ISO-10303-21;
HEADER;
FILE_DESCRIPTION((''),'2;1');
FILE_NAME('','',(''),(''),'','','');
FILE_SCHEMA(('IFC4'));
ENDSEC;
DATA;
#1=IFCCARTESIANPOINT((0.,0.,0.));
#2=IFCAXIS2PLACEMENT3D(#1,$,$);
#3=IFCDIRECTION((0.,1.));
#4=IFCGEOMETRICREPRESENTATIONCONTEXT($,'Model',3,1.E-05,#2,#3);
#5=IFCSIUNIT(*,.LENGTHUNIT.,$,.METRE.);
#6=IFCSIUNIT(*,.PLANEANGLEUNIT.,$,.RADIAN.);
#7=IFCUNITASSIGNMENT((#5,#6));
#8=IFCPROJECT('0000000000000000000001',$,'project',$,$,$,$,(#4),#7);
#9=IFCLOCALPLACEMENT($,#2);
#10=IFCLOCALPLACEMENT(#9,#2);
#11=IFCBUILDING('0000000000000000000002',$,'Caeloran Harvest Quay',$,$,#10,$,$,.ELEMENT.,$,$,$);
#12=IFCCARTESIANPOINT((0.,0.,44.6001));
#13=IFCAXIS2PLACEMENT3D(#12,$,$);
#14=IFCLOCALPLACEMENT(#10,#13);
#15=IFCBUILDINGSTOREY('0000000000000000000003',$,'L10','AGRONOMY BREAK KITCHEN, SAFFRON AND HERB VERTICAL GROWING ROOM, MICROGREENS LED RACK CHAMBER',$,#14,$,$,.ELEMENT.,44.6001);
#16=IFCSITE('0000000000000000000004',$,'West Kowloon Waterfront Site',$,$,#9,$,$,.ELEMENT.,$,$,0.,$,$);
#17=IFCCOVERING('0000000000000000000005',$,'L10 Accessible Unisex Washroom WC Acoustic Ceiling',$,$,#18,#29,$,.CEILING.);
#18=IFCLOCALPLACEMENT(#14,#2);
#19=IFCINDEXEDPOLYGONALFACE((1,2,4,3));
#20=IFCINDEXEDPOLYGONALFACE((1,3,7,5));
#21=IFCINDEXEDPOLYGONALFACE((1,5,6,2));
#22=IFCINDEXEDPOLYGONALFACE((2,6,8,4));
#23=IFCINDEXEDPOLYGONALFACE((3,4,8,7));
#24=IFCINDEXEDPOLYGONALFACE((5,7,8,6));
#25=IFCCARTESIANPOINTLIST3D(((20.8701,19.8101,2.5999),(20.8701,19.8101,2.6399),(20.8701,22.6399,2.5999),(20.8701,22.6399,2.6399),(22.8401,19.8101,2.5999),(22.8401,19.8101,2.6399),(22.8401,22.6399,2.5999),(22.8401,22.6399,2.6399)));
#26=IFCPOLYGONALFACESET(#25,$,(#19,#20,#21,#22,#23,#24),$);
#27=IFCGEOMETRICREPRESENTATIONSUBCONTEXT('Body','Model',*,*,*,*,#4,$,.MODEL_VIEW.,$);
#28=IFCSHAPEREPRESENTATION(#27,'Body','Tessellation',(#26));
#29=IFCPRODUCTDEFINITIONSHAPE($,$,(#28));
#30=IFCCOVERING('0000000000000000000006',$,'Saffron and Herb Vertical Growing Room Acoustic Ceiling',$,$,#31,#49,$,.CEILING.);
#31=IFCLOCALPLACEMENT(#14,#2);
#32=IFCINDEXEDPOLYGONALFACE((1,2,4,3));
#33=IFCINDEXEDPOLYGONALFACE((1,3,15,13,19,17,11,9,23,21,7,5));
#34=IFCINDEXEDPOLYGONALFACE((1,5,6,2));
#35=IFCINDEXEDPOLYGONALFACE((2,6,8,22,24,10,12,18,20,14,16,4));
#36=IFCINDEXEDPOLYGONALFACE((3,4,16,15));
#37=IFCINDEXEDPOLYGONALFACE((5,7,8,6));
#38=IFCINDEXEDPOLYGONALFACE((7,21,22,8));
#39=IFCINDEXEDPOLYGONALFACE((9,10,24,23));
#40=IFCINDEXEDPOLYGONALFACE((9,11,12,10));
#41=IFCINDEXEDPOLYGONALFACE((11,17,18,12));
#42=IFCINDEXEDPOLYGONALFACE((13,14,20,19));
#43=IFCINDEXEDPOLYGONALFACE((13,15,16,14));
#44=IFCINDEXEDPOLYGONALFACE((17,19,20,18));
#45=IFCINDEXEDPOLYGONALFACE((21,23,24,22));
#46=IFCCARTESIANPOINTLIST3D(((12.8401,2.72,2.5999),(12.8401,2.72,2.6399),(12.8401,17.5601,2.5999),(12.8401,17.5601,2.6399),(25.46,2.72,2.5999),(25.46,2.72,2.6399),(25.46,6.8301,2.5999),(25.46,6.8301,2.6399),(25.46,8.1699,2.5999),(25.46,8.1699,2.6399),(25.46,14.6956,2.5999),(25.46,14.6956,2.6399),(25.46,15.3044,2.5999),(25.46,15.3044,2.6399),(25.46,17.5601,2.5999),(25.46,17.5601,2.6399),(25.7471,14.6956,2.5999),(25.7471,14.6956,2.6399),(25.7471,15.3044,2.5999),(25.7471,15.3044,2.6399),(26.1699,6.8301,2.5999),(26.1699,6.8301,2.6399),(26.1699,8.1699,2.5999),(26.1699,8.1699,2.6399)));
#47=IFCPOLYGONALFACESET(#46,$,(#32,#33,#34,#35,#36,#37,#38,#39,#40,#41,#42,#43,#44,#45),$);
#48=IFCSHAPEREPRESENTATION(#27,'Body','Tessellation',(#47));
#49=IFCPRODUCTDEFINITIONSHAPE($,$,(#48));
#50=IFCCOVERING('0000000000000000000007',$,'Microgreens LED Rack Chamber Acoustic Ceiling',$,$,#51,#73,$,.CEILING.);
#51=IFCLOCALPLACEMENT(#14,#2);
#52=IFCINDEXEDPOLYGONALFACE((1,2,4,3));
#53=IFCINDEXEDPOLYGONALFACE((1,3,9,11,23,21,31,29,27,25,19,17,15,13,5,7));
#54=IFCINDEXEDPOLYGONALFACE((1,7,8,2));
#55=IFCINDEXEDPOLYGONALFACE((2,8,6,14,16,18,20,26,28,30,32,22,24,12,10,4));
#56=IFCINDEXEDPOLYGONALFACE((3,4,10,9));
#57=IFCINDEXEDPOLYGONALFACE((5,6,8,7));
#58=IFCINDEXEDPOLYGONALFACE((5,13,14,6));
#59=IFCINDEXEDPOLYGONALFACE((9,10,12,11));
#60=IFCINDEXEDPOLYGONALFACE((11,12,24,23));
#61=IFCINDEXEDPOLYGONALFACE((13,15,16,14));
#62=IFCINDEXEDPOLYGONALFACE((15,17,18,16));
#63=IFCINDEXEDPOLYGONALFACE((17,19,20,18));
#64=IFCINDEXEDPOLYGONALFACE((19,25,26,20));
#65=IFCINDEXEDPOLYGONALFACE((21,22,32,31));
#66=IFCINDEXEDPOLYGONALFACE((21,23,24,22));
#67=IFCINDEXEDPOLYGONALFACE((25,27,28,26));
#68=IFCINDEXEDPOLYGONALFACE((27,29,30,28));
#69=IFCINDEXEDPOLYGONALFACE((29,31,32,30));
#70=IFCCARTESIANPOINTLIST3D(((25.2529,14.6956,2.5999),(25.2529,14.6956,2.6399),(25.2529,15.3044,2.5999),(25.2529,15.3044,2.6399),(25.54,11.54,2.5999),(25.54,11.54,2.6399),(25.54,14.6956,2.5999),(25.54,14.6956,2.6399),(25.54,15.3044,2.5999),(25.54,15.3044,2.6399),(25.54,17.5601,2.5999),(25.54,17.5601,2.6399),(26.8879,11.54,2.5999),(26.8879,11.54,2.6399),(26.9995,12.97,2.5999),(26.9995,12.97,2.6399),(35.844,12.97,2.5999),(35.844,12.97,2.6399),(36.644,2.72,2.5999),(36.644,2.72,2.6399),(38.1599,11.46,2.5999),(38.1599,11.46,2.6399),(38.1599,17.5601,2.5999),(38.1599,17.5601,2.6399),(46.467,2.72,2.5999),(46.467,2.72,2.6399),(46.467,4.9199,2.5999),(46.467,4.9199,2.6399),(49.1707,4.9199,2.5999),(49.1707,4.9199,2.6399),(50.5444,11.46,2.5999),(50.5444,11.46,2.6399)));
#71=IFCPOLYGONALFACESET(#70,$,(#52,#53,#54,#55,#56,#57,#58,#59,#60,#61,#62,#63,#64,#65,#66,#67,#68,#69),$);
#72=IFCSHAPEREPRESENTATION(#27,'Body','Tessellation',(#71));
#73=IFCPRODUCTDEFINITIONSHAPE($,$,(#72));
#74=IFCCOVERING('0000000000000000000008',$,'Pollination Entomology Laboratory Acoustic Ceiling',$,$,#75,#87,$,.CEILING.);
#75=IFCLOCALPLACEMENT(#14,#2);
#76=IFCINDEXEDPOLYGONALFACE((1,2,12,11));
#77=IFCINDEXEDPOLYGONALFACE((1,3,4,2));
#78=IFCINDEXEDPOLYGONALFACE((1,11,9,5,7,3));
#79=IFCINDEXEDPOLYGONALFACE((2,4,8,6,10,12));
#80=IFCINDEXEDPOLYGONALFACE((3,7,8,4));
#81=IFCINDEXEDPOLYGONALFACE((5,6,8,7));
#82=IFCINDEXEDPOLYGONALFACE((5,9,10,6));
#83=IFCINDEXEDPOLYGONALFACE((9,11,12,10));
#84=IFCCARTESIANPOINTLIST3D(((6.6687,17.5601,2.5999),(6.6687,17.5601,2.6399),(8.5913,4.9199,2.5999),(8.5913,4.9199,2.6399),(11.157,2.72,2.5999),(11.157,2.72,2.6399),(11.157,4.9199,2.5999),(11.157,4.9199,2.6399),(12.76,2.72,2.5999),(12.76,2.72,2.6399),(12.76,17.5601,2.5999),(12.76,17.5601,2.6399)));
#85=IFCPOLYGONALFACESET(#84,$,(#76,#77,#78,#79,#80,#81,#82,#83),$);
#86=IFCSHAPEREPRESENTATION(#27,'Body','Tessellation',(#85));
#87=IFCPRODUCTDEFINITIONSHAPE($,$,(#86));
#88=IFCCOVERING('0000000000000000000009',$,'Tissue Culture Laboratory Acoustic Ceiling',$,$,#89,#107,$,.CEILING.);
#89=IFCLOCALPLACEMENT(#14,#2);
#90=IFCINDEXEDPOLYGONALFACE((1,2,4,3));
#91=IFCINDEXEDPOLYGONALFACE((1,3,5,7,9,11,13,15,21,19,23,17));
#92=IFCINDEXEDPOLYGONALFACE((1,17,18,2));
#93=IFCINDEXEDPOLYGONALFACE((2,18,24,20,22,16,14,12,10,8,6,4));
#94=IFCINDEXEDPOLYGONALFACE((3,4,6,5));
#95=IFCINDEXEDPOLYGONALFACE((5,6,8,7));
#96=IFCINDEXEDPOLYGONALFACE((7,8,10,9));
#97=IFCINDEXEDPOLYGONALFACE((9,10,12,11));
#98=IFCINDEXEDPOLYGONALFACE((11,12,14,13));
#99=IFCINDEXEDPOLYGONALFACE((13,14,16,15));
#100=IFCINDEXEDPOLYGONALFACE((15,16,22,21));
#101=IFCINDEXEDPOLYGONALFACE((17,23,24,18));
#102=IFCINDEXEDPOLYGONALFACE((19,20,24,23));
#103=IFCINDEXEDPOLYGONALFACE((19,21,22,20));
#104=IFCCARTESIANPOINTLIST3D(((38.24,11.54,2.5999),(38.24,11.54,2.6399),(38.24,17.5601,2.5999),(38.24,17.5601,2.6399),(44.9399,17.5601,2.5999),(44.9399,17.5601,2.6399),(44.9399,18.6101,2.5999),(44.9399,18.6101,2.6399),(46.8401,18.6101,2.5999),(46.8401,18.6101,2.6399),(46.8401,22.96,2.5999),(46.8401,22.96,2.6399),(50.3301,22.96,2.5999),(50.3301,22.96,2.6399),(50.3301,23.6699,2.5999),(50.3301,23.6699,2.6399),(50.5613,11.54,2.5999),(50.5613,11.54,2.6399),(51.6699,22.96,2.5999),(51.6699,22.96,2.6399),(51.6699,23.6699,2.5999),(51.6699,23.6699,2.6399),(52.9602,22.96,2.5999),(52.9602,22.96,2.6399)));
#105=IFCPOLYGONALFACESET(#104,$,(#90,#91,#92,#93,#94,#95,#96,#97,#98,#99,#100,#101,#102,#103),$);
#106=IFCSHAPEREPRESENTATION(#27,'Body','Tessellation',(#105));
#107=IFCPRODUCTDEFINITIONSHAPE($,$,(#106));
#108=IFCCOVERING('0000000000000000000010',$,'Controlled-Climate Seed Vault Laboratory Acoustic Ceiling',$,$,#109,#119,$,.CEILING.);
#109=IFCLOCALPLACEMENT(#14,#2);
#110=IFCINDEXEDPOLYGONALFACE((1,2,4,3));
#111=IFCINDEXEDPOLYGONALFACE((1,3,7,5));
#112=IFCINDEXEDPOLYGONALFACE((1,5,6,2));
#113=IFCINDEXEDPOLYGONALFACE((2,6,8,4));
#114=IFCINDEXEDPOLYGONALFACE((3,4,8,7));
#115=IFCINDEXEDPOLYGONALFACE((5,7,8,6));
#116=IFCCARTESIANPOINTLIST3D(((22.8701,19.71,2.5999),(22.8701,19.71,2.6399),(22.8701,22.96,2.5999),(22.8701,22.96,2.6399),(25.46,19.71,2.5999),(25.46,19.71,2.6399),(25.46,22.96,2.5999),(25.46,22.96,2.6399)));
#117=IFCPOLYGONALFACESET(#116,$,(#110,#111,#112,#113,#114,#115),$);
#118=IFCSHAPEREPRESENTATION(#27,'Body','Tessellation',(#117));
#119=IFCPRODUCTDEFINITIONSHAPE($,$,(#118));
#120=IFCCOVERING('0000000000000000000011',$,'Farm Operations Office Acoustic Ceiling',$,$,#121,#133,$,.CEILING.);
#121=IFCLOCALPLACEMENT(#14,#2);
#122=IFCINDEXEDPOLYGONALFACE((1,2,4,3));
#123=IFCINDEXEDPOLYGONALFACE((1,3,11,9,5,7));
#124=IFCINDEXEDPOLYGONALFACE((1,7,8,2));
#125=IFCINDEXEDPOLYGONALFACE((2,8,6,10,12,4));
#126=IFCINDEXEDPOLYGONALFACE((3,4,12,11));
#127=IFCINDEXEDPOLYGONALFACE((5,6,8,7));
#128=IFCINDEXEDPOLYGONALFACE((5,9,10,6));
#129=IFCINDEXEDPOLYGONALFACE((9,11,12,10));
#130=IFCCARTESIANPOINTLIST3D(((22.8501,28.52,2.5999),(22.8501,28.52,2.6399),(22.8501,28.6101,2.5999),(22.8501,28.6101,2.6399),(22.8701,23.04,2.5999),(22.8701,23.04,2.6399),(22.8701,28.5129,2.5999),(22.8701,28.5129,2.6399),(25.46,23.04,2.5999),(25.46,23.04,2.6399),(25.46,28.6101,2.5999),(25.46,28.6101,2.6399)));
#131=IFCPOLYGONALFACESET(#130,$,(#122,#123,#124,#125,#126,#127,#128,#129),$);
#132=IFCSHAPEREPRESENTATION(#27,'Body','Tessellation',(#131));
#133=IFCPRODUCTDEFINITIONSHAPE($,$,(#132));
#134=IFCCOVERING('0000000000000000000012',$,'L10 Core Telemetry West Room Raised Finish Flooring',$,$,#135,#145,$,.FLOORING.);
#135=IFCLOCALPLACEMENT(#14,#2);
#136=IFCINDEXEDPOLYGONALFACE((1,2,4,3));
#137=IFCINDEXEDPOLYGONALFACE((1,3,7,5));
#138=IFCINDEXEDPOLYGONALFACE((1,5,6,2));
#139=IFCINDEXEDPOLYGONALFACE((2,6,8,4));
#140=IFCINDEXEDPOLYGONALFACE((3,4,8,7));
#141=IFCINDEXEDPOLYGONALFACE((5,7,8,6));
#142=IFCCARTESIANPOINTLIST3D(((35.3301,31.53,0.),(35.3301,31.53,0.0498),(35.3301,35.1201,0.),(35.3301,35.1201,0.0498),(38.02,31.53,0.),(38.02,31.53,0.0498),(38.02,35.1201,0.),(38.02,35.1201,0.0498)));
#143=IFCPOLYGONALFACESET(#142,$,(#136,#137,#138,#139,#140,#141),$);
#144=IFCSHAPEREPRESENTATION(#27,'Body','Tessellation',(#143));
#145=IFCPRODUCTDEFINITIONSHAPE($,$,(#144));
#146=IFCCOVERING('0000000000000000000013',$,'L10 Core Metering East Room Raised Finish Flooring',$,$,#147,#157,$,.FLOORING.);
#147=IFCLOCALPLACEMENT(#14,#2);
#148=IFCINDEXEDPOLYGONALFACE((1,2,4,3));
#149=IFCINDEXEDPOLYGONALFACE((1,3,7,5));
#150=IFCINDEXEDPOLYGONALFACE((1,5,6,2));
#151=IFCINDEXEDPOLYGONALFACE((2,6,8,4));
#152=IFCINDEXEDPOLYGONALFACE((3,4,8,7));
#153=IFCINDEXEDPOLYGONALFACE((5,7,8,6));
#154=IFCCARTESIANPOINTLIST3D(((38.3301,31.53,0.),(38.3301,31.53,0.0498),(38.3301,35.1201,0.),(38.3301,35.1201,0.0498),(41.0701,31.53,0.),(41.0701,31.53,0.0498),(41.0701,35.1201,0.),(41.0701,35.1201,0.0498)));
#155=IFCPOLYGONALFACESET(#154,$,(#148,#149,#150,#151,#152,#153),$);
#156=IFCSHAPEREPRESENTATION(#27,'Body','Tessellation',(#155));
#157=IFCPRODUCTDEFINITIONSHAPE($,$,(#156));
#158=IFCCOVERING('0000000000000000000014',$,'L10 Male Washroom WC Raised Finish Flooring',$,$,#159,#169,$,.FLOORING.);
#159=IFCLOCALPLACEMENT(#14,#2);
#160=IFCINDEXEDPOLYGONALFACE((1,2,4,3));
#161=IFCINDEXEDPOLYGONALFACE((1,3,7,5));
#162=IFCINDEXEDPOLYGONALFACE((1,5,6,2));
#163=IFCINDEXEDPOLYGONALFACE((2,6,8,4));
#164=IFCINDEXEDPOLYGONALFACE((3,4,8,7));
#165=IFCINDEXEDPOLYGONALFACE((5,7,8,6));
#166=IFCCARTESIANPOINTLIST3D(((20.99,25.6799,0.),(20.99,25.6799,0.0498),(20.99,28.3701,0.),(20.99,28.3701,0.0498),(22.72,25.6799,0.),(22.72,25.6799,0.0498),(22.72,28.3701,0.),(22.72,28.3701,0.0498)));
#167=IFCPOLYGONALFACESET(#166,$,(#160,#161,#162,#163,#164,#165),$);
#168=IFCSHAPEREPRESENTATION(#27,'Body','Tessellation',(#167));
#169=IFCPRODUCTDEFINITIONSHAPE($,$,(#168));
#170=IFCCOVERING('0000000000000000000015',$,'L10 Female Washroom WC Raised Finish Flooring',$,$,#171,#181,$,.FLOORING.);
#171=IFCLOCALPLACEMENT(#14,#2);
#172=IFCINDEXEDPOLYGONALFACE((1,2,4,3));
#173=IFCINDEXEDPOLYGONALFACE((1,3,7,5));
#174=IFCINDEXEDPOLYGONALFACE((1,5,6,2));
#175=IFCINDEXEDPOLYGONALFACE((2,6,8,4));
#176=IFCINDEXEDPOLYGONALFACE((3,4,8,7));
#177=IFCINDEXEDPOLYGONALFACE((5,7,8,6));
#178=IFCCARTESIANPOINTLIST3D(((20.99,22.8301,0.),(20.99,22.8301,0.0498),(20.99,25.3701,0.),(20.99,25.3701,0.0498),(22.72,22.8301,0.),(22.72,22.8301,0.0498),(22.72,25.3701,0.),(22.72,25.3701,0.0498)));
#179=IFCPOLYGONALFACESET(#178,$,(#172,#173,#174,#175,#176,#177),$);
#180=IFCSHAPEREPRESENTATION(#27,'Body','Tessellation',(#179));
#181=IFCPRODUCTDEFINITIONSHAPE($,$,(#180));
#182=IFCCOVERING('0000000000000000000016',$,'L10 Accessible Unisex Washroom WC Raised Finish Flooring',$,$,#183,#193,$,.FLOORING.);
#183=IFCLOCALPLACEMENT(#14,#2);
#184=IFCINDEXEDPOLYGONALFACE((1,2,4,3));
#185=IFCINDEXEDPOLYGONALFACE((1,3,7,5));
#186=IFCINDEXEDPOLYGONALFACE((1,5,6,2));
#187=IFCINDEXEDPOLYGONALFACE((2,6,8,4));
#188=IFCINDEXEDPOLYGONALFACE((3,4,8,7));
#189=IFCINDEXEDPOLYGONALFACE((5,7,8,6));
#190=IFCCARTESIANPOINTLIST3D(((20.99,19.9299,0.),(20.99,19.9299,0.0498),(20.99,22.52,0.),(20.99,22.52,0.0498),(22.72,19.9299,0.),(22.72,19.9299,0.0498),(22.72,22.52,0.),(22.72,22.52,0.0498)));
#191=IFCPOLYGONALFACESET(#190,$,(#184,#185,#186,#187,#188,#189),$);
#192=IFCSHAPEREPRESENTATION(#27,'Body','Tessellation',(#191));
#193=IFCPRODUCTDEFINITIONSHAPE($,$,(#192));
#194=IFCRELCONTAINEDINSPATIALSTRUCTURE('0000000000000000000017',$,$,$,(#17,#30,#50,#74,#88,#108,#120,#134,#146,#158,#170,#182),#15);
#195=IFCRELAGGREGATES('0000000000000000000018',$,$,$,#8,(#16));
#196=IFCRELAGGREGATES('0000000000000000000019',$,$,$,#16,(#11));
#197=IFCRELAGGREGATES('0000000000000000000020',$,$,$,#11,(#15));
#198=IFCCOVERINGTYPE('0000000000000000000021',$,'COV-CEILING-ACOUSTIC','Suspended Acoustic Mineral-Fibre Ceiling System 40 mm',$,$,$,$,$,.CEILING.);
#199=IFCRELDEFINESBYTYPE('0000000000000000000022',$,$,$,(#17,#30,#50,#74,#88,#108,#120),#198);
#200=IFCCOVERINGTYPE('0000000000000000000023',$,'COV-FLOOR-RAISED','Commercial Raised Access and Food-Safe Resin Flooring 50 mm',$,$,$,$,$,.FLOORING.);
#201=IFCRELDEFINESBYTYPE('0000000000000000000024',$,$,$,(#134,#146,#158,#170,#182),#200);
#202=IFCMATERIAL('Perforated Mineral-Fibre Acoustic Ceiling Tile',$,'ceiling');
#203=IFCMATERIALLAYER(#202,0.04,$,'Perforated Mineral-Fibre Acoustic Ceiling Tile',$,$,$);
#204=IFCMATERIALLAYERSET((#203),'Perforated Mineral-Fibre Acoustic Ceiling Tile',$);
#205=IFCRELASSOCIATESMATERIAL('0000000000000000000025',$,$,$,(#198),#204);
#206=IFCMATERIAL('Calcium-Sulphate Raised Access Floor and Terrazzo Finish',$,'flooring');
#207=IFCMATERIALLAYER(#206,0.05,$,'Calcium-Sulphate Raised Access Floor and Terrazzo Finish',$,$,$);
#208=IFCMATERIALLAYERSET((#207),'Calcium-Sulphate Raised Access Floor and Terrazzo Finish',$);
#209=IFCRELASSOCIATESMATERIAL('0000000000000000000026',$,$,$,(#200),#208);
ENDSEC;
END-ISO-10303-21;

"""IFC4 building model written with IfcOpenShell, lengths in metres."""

from ifc_helpers import new_model, si_unit, direction, frame, origin, place, context, subcontext, project, spatial, polyline, outline, extrude, material, layer, layer_set, type_object, element, save


model = new_model("IFC4")

# Units and contexts
model_context = context("Model", 3, precision=1e-05, world=origin(), true_north=direction((0.0, 1.0)))
body_context = subcontext(model_context, "Body", "Model", "MODEL_VIEW")
ifc_project = project(units=[si_unit("LENGTHUNIT", "METRE"), si_unit("PLANEANGLEUNIT", "RADIAN")], contexts=[model_context])

# Site, building, storey
site_placement = place(None, origin())
site = spatial("IfcSite", under=ifc_project, at=site_placement, Name="West Kowloon Waterfront Site", CompositionType="ELEMENT", RefElevation=0.0)
building_placement = place(site_placement, origin())
building = spatial("IfcBuilding", under=site, at=building_placement, Name="Caeloran Harvest Quay", CompositionType="ELEMENT")
storey_placement = place(building_placement, frame((0.0, 0.0, 44.6001)))
storey = spatial("IfcBuildingStorey", under=building, at=storey_placement, Name="L10", Description="AGRONOMY BREAK KITCHEN, SAFFRON AND HERB VERTICAL GROWING ROOM, MICROGREENS LED RACK CHAMBER", CompositionType="ELEMENT", Elevation=44.6001)

# Coverings
ifc_material_1 = material(Name="Perforated Mineral-Fibre Acoustic Ceiling Tile", Category="ceiling")
ifc_layer_1 = layer(ifc_material_1, 0.04, Name="Perforated Mineral-Fibre Acoustic Ceiling Tile")
ifc_layer_set_1 = layer_set([ifc_layer_1], Name="Perforated Mineral-Fibre Acoustic Ceiling Tile")
covering_type_1 = type_object("IfcCoveringType", Name="COV-CEILING-ACOUSTIC", Description="Suspended Acoustic Mineral-Fibre Ceiling System 40 mm", PredefinedType="CEILING", material=ifc_layer_set_1)
covering_1_placement = place(storey_placement, frame((0.0, 0.0, 2.5999)))
element("IfcCovering", 1, at=covering_1_placement, inside=storey, type_object=covering_type_1, Name="L10 Accessible Unisex Washroom WC Acoustic Ceiling", PredefinedType="CEILING", context=body_context, shape_type="SweptSolid", body=[
    extrude(outline(polyline([(22.8401, 19.8101), (20.8701, 19.8101), (20.8701, 22.6399), (22.8401, 22.6399), (22.8401, 19.8101)])), origin(), (0.0, 0.0, 1.0), 0.04),
])
covering_2_placement = place(storey_placement, frame((0.0, 0.0, 2.5999)))
element("IfcCovering", 2, at=covering_2_placement, inside=storey, type_object=covering_type_1, Name="Saffron and Herb Vertical Growing Room Acoustic Ceiling", PredefinedType="CEILING", context=body_context, shape_type="SweptSolid", body=[
    extrude(outline(polyline([(26.1699, 8.1699), (26.1699, 6.8301), (25.46, 6.8301), (25.46, 2.72), (12.8401, 2.72), (12.8401, 17.5601), (25.46, 17.5601), (25.46, 15.3044), (25.7471, 15.3044), (25.7471, 14.6956), (25.46, 14.6956), (25.46, 8.1699), (26.1699, 8.1699)])), origin(), (0.0, 0.0, 1.0), 0.04),
])
covering_3_placement = place(storey_placement, frame((0.0, 0.0, 2.5999)))
element("IfcCovering", 3, at=covering_3_placement, inside=storey, type_object=covering_type_1, Name="Microgreens LED Rack Chamber Acoustic Ceiling", PredefinedType="CEILING", context=body_context, shape_type="SweptSolid", body=[
    extrude(outline(polyline([(46.467, 2.72), (36.644, 2.72), (35.844, 12.97), (26.9995, 12.97), (26.8879, 11.54), (25.54, 11.54), (25.54, 14.6956), (25.2529, 14.6956), (25.2529, 15.3044), (25.54, 15.3044), (25.54, 17.5601), (38.1599, 17.5601), (38.1599, 11.46), (50.5444, 11.46), (49.1707, 4.9199), (46.467, 4.9199), (46.467, 2.72)])), origin(), (0.0, 0.0, 1.0), 0.04),
])
covering_4_placement = place(storey_placement, frame((0.0, 0.0, 2.5999)))
element("IfcCovering", 4, at=covering_4_placement, inside=storey, type_object=covering_type_1, Name="Pollination Entomology Laboratory Acoustic Ceiling", PredefinedType="CEILING", context=body_context, shape_type="SweptSolid", body=[
    extrude(outline(polyline([(12.76, 2.72), (11.157, 2.72), (11.157, 4.9199), (8.5913, 4.9199), (6.6687, 17.5601), (12.76, 17.5601), (12.76, 2.72)])), origin(), (0.0, 0.0, 1.0), 0.04),
])
covering_5_placement = place(storey_placement, frame((0.0, 0.0, 2.5999)))
element("IfcCovering", 5, at=covering_5_placement, inside=storey, type_object=covering_type_1, Name="Tissue Culture Laboratory Acoustic Ceiling", PredefinedType="CEILING", context=body_context, shape_type="SweptSolid", body=[
    extrude(outline(polyline([(44.9399, 18.6101), (46.8401, 18.6101), (46.8401, 22.96), (50.3301, 22.96), (50.3301, 23.6699), (51.6699, 23.6699), (51.6699, 22.96), (52.9602, 22.96), (50.5613, 11.54), (38.24, 11.54), (38.24, 17.5601), (44.9399, 17.5601), (44.9399, 18.6101)])), origin(), (0.0, 0.0, 1.0), 0.04),
])
covering_6_placement = place(storey_placement, frame((0.0, 0.0, 2.5999)))
element("IfcCovering", 6, at=covering_6_placement, inside=storey, type_object=covering_type_1, Name="Controlled-Climate Seed Vault Laboratory Acoustic Ceiling", PredefinedType="CEILING", context=body_context, shape_type="SweptSolid", body=[
    extrude(outline(polyline([(25.46, 19.71), (22.8701, 19.71), (22.8701, 22.96), (25.46, 22.96), (25.46, 19.71)])), origin(), (0.0, 0.0, 1.0), 0.04),
])
covering_7_placement = place(storey_placement, frame((0.0, 0.0, 2.5999)))
element("IfcCovering", 7, at=covering_7_placement, inside=storey, type_object=covering_type_1, Name="Farm Operations Office Acoustic Ceiling", PredefinedType="CEILING", context=body_context, shape_type="SweptSolid", body=[
    extrude(outline(polyline([(22.8701, 28.5129), (22.8501, 28.52), (22.8501, 28.6101), (25.46, 28.6101), (25.46, 23.04), (22.8701, 23.04), (22.8701, 28.5129)])), origin(), (0.0, 0.0, 1.0), 0.04),
])
ifc_material_2 = material(Name="Calcium-Sulphate Raised Access Floor and Terrazzo Finish", Category="flooring")
ifc_layer_2 = layer(ifc_material_2, 0.05, Name="Calcium-Sulphate Raised Access Floor and Terrazzo Finish")
ifc_layer_set_2 = layer_set([ifc_layer_2], Name="Calcium-Sulphate Raised Access Floor and Terrazzo Finish")
covering_type_2 = type_object("IfcCoveringType", Name="COV-FLOOR-RAISED", Description="Commercial Raised Access and Food-Safe Resin Flooring 50 mm", PredefinedType="FLOORING", material=ifc_layer_set_2)
covering_8_placement = place(storey_placement, origin())
element("IfcCovering", 8, at=covering_8_placement, inside=storey, type_object=covering_type_2, Name="L10 Core Telemetry West Room Raised Finish Flooring", PredefinedType="FLOORING", context=body_context, shape_type="SweptSolid", body=[
    extrude(outline(polyline([(38.02, 35.1201), (38.02, 31.53), (35.3301, 31.53), (35.3301, 35.1201), (38.02, 35.1201)])), origin(), (0.0, 0.0, 1.0), 0.0498),
])
covering_9_placement = place(storey_placement, origin())
element("IfcCovering", 9, at=covering_9_placement, inside=storey, type_object=covering_type_2, Name="L10 Core Metering East Room Raised Finish Flooring", PredefinedType="FLOORING", context=body_context, shape_type="SweptSolid", body=[
    extrude(outline(polyline([(41.0701, 35.1201), (41.0701, 31.53), (38.3301, 31.53), (38.3301, 35.1201), (41.0701, 35.1201)])), origin(), (0.0, 0.0, 1.0), 0.0498),
])
covering_10_placement = place(storey_placement, origin())
element("IfcCovering", 10, at=covering_10_placement, inside=storey, type_object=covering_type_2, Name="L10 Male Washroom WC Raised Finish Flooring", PredefinedType="FLOORING", context=body_context, shape_type="SweptSolid", body=[
    extrude(outline(polyline([(22.72, 25.6799), (20.99, 25.6799), (20.99, 28.3701), (22.72, 28.3701), (22.72, 25.6799)])), origin(), (0.0, 0.0, 1.0), 0.0498),
])
covering_11_placement = place(storey_placement, origin())
element("IfcCovering", 11, at=covering_11_placement, inside=storey, type_object=covering_type_2, Name="L10 Female Washroom WC Raised Finish Flooring", PredefinedType="FLOORING", context=body_context, shape_type="SweptSolid", body=[
    extrude(outline(polyline([(22.72, 22.8301), (20.99, 22.8301), (20.99, 25.3701), (22.72, 25.3701), (22.72, 22.8301)])), origin(), (0.0, 0.0, 1.0), 0.0498),
])
covering_12_placement = place(storey_placement, origin())
element("IfcCovering", 12, at=covering_12_placement, inside=storey, type_object=covering_type_2, Name="L10 Accessible Unisex Washroom WC Raised Finish Flooring", PredefinedType="FLOORING", context=body_context, shape_type="SweptSolid", body=[
    extrude(outline(polyline([(22.72, 19.9299), (20.99, 19.9299), (20.99, 22.52), (22.72, 22.52), (22.72, 19.9299)])), origin(), (0.0, 0.0, 1.0), 0.0498),
])

save(model, "model.ifc")
